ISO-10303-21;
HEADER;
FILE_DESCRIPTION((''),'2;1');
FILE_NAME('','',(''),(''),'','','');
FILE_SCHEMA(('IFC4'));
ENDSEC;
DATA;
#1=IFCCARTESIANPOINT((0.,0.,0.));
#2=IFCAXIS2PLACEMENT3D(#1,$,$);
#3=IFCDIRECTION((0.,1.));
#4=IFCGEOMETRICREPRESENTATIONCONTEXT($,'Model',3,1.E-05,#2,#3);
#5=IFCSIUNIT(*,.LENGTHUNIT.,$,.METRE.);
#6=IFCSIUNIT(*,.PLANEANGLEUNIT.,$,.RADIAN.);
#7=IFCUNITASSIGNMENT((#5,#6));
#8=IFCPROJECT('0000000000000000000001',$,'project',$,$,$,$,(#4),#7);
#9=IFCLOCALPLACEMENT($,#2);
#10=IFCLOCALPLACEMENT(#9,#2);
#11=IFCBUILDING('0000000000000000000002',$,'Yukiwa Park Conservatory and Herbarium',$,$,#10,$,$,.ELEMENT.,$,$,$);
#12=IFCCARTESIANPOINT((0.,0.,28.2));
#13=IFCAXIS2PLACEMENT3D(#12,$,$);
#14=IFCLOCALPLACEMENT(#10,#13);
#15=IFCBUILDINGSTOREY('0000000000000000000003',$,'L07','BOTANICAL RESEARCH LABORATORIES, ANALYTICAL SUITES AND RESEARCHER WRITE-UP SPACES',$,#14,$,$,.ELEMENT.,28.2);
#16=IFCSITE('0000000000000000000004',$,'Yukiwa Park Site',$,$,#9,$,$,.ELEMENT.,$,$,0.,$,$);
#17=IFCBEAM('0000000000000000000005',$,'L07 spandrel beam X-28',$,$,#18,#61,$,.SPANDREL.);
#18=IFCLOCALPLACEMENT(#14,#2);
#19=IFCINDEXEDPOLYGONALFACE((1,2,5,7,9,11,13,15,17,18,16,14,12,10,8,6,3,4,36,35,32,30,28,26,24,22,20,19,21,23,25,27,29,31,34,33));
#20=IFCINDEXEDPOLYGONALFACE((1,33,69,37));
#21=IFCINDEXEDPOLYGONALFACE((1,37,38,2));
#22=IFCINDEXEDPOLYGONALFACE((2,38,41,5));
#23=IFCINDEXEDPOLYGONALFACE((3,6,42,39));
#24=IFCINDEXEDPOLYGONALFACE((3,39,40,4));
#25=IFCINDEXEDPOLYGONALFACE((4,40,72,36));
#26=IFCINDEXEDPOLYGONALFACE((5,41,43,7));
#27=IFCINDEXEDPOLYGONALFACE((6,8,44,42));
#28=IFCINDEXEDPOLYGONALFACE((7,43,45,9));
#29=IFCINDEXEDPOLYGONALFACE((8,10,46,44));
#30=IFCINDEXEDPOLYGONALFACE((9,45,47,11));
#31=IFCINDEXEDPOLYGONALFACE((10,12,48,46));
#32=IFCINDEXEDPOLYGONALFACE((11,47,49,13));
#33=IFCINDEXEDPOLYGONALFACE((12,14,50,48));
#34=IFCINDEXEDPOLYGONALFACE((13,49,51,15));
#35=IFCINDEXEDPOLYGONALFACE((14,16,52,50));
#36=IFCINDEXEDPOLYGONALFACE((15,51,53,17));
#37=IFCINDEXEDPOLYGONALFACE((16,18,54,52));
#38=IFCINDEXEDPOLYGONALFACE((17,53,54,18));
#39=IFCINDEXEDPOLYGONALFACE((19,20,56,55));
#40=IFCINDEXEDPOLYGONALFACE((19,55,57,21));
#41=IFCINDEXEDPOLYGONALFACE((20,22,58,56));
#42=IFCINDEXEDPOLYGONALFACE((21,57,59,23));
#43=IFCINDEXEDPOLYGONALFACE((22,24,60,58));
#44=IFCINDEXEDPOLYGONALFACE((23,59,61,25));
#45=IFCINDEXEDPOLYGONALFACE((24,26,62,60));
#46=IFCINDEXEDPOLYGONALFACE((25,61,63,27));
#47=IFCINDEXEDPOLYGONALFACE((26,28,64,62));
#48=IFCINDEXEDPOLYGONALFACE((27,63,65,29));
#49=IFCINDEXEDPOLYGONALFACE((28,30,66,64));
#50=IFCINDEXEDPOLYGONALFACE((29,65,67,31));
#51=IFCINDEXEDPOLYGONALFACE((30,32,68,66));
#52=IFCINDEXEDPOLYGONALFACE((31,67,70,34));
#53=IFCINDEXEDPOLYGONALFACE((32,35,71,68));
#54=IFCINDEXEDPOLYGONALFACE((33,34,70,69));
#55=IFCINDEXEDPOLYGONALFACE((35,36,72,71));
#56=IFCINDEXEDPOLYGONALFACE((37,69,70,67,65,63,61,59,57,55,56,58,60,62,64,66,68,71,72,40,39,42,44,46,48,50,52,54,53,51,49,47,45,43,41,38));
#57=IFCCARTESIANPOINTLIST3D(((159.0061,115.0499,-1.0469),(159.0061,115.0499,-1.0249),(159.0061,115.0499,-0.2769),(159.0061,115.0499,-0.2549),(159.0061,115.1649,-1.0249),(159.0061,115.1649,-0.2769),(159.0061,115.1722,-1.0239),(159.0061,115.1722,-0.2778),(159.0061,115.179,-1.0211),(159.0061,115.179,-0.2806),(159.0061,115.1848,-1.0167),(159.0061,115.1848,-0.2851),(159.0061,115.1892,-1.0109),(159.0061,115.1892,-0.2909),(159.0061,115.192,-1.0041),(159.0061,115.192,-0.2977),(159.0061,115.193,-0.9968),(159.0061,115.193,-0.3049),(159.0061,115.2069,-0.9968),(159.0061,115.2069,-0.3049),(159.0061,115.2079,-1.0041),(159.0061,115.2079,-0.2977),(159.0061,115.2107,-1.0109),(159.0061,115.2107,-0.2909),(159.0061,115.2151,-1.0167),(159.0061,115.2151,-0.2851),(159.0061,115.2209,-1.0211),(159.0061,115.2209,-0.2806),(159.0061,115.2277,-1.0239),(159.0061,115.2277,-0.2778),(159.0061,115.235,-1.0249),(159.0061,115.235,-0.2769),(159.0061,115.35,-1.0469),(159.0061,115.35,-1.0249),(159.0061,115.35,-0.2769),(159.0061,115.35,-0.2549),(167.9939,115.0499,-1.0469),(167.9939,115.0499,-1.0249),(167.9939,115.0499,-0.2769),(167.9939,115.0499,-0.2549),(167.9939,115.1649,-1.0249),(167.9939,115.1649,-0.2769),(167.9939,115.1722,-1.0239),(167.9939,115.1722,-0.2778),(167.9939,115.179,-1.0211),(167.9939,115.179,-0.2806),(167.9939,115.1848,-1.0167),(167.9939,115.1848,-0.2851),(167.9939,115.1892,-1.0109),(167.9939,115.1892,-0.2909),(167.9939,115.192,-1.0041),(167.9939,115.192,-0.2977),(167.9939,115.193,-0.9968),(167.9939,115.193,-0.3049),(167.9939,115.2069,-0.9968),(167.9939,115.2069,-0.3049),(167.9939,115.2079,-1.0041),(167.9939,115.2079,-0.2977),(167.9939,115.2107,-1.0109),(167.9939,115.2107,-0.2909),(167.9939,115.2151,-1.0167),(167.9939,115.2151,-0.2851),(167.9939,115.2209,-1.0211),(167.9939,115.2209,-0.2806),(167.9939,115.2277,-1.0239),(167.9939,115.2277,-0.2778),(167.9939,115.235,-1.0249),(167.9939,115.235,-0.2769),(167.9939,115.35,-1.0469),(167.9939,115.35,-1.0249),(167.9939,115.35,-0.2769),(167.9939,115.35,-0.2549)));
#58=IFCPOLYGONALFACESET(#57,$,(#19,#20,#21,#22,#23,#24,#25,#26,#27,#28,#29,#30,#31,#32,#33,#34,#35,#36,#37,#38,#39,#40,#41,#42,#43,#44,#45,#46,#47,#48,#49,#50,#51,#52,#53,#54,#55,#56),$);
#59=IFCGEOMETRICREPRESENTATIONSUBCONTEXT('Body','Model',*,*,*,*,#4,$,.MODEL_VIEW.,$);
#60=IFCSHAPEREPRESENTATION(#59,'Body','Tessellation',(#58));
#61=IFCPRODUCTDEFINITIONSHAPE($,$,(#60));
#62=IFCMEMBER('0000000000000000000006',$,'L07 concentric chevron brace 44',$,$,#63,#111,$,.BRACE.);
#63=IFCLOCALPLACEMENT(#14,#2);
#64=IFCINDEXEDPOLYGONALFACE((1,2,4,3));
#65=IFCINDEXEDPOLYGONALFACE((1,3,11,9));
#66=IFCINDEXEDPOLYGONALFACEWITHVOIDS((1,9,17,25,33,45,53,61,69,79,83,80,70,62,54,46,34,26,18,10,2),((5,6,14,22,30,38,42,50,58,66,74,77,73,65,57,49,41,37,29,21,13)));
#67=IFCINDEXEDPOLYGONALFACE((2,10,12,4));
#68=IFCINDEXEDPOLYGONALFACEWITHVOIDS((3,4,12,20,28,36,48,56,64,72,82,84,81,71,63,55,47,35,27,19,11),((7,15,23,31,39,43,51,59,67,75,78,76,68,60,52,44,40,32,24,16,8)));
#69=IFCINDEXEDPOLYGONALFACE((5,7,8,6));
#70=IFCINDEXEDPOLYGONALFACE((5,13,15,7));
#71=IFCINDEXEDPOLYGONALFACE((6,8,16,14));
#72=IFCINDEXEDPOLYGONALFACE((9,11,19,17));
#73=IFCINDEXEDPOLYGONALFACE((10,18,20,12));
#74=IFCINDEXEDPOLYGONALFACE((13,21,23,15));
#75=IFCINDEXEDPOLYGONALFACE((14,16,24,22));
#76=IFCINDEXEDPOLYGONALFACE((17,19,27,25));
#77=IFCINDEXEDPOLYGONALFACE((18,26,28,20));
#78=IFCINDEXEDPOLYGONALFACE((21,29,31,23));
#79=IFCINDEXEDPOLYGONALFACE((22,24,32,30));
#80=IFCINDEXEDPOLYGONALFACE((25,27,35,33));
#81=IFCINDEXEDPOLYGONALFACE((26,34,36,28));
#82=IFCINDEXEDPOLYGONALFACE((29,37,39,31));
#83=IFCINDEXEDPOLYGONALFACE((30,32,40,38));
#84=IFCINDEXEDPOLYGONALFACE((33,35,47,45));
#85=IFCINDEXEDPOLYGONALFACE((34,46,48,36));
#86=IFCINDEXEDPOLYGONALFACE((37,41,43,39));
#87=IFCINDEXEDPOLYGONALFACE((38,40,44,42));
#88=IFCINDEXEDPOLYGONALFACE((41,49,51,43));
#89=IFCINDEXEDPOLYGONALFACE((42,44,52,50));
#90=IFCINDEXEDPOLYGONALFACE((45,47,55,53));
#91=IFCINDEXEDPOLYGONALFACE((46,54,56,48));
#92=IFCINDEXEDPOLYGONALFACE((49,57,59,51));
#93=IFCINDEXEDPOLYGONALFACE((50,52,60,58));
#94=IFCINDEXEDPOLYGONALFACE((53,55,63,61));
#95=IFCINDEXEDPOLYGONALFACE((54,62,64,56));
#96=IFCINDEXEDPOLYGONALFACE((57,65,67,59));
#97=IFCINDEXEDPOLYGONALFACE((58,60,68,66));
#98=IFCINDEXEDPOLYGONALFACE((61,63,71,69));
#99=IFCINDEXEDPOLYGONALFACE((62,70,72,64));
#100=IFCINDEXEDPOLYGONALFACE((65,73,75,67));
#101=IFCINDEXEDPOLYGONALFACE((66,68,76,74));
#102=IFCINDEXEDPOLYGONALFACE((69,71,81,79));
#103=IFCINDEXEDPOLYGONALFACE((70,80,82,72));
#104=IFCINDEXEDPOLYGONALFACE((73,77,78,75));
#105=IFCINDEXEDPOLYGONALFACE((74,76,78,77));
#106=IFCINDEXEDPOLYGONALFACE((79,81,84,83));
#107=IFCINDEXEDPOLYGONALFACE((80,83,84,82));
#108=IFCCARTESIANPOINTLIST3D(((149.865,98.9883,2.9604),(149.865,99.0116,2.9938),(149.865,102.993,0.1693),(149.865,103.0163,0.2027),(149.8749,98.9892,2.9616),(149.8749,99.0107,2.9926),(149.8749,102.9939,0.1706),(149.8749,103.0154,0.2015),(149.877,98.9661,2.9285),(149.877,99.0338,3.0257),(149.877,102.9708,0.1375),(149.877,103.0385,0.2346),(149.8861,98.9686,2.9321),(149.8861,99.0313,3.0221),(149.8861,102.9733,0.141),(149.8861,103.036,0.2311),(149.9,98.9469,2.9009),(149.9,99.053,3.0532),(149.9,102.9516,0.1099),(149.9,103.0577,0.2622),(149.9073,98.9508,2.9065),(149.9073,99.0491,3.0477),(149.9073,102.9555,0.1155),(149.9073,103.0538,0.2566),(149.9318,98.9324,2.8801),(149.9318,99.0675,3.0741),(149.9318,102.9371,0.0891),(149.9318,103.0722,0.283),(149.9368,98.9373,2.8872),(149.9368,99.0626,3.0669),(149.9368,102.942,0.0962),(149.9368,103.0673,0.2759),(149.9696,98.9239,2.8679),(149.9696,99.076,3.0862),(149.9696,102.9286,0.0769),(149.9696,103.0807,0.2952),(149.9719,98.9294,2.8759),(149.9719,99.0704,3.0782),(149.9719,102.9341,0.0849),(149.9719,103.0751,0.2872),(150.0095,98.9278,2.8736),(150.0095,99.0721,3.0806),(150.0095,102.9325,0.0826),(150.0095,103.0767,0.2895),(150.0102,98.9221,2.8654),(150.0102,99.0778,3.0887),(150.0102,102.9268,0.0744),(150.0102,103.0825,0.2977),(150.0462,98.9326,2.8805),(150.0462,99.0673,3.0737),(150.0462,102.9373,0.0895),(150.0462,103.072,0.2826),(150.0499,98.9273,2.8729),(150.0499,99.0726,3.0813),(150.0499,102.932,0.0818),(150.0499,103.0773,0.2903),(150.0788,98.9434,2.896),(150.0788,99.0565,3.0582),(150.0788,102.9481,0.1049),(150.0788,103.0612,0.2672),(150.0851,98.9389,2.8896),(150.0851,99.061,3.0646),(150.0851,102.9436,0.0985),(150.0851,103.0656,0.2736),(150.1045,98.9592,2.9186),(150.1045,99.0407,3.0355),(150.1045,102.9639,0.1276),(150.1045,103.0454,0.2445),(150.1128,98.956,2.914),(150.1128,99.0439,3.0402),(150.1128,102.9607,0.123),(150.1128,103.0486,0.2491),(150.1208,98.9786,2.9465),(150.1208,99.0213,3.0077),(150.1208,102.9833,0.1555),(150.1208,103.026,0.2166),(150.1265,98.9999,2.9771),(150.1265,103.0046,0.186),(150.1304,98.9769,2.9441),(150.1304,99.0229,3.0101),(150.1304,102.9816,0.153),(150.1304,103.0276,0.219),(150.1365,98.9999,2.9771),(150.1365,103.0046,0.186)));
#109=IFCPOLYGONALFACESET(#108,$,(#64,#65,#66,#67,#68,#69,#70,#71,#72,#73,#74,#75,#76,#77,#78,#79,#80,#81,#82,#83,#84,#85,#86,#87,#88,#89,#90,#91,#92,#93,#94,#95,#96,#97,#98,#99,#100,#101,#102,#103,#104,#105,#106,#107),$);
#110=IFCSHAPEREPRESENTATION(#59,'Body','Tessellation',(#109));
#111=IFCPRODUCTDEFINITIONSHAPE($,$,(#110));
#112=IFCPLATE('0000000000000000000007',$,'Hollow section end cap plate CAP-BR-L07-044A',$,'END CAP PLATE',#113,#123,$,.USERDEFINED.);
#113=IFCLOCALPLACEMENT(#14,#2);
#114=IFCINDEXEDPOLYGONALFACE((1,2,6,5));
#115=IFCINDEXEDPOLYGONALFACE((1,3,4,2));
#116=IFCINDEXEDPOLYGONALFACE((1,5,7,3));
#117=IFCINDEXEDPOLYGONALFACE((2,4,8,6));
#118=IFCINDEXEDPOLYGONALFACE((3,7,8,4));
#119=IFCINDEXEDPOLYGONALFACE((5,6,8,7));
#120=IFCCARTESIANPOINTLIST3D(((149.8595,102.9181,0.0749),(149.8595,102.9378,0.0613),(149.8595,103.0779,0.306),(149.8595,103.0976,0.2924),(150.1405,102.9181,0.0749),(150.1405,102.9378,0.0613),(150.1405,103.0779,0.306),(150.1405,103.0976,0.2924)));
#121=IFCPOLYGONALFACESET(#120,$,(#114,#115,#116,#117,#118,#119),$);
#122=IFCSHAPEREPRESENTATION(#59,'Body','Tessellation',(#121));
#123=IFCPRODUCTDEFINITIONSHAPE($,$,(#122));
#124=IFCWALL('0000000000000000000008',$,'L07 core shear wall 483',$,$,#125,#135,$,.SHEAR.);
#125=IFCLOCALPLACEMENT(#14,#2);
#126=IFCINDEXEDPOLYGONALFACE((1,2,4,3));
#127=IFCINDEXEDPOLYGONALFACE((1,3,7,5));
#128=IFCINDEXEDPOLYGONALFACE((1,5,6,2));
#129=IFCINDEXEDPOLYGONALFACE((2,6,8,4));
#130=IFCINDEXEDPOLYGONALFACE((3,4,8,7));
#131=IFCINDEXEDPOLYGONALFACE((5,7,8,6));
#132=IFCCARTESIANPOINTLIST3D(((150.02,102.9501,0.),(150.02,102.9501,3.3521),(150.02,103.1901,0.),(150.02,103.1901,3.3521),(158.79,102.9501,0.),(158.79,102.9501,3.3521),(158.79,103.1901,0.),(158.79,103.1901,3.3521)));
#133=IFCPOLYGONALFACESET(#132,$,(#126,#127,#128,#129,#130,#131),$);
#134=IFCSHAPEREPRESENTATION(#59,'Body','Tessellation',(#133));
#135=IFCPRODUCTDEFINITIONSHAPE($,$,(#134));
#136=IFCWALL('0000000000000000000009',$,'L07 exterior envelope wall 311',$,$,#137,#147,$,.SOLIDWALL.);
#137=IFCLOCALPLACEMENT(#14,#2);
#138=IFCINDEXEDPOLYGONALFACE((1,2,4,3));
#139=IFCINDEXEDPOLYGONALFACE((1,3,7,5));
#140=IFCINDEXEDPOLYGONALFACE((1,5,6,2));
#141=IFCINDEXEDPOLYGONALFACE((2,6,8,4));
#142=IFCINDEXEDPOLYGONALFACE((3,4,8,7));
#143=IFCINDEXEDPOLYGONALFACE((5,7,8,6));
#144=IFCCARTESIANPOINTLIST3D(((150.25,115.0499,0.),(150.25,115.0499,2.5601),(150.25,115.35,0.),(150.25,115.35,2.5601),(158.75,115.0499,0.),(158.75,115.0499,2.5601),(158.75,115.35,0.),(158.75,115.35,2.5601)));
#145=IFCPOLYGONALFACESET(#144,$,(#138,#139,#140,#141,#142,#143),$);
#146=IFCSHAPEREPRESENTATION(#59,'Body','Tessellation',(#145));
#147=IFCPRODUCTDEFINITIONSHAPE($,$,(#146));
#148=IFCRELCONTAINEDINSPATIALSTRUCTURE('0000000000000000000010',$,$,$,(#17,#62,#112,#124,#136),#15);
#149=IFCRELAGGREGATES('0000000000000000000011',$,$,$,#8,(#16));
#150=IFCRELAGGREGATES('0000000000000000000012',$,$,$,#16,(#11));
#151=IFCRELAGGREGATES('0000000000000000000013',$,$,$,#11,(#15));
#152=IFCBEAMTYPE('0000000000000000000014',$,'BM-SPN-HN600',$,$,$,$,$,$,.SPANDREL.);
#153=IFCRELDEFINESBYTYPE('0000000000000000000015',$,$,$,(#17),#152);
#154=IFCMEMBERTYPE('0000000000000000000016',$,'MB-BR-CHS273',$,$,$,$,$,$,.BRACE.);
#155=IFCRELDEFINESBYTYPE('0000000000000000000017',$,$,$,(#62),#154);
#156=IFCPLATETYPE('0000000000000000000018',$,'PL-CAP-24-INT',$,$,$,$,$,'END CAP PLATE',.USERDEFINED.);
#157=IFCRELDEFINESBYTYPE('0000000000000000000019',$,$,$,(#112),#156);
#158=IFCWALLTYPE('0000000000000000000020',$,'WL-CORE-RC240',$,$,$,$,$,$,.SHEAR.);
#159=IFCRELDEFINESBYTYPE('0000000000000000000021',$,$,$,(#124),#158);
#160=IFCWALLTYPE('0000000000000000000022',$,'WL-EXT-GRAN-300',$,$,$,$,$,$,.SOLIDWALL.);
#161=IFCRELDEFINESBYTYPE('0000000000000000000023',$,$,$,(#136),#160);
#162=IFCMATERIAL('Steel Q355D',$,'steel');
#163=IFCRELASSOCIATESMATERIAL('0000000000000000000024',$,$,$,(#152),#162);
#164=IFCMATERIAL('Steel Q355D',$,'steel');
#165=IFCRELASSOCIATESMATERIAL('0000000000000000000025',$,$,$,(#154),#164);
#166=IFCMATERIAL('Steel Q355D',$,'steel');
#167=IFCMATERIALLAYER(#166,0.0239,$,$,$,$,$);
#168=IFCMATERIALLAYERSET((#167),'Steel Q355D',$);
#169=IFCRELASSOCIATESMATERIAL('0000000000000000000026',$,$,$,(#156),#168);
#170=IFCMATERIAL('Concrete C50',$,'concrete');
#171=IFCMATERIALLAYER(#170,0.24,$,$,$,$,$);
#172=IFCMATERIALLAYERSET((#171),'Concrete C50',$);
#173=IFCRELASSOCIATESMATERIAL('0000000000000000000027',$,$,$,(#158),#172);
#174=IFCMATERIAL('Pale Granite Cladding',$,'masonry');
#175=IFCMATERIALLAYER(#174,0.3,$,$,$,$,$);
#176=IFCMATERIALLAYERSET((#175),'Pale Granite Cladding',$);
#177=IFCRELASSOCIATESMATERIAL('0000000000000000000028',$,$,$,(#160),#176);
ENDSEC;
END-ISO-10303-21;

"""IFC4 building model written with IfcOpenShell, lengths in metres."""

from ifc_helpers import new_model, si_unit, direction, frame, frame_2d, origin, origin_2d, place, context, subcontext, project, spatial, rectangle, hollow_circle, i_section, extrude, material, layer, layer_set, material_profile, profile_set, type_object, element, save


model = new_model("IFC4")

# Units and contexts
model_context = context("Model", 3, precision=1e-05, world=origin(), true_north=direction((0.0, 1.0)))
body_context = subcontext(model_context, "Body", "Model", "MODEL_VIEW")
ifc_project = project(units=[si_unit("LENGTHUNIT", "METRE"), si_unit("PLANEANGLEUNIT", "RADIAN")], contexts=[model_context])

# Site, building, storey
site_placement = place(None, origin())
site = spatial("IfcSite", under=ifc_project, at=site_placement, Name="Yukiwa Park Site", CompositionType="ELEMENT", RefElevation=0.0)
building_placement = place(site_placement, origin())
building = spatial("IfcBuilding", under=site, at=building_placement, Name="Yukiwa Park Conservatory and Herbarium", CompositionType="ELEMENT")
storey_placement = place(building_placement, frame((0.0, 0.0, 28.2)))
storey = spatial("IfcBuildingStorey", under=building, at=storey_placement, Name="L07", Description="BOTANICAL RESEARCH LABORATORIES, ANALYTICAL SUITES AND RESEARCHER WRITE-UP SPACES", CompositionType="ELEMENT", Elevation=28.2)

# Beam
ifc_material_1 = material(Name="Steel Q355D", Category="steel")
ifc_material_profile_1 = material_profile(ifc_material_1, i_section(OverallWidth=0.3, OverallDepth=0.792, WebThickness=0.0139, FlangeThickness=0.022, FilletRadius=0.0281, at=origin_2d()), Name="HN 792x300x14x22")
ifc_profile_set_1 = profile_set([ifc_material_profile_1], Name="Steel Q355D")
beam_type_1 = type_object("IfcBeamType", Name="BM-SPN-HN600", PredefinedType="SPANDREL", material=ifc_profile_set_1)
for number, where, z_axis, x_axis, name in (
    (1, (159.0061, 115.2, -0.6509), (1.0, 0.0, 0.0), (0.0, 1.0, 0.0), "L07 spandrel beam X-28"),
):
    element("IfcBeam", number, at=place(storey_placement, frame(where, z_axis=z_axis, x_axis=x_axis)), inside=storey, type_object=beam_type_1, Name=name, PredefinedType="SPANDREL", context=body_context, shape_type="SweptSolid", body=[
        extrude(i_section(OverallWidth=0.3, OverallDepth=0.792, WebThickness=0.0139, FlangeThickness=0.022, FilletRadius=0.0281, at=origin_2d()), origin(), (0.0, 0.0, 1.0), 8.9878),
    ])

# Member
ifc_material_2 = material(Name="Steel Q355D", Category="steel")
ifc_material_profile_2 = material_profile(ifc_material_2, hollow_circle(Radius=0.1365, WallThickness=0.01, at=origin_2d()), Name="CHS 273x10")
ifc_profile_set_2 = profile_set([ifc_material_profile_2], Name="Steel Q355D")
member_type = type_object("IfcMemberType", Name="MB-BR-CHS273", PredefinedType="BRACE", material=ifc_profile_set_2)
member_placement = place(storey_placement, frame((150.0, 103.0046, 0.186), z_axis=(0.0, -0.820407, 0.571779), x_axis=(1.0, 0.0, 0.0)))
element("IfcMember", 2, at=member_placement, inside=storey, type_object=member_type, Name="L07 concentric chevron brace 44", PredefinedType="BRACE", context=body_context, shape_type="SweptSolid", body=[
    extrude(hollow_circle(Radius=0.1365, WallThickness=0.01, at=origin_2d()), origin(), (0.0, 0.0, 1.0), 4.8813),
])

# Plate
ifc_material_3 = material(Name="Steel Q355D", Category="steel")
ifc_layer_1 = layer(ifc_material_3, 0.0239)
ifc_layer_set_1 = layer_set([ifc_layer_1], Name="Steel Q355D")
plate_type = type_object("IfcPlateType", Name="PL-CAP-24-INT", ElementType="END CAP PLATE", PredefinedType="USERDEFINED", material=ifc_layer_set_1)
plate_placement = place(storey_placement, frame((150.0, 102.998, 0.1904), z_axis=(0.0, 0.822558, -0.568682), x_axis=(-1.0, 0.0, 0.0)))
element("IfcPlate", 3, at=plate_placement, inside=storey, type_object=plate_type, Name="Hollow section end cap plate CAP-BR-L07-044A", ObjectType="END CAP PLATE", PredefinedType="USERDEFINED", context=body_context, shape_type="SweptSolid", body=[
    extrude(rectangle(XDim=0.281, YDim=0.281, at=origin_2d()), origin(), (0.0, 0.0, 1.0), 0.0239),
])

# Walls
ifc_material_4 = material(Name="Concrete C50", Category="concrete")
ifc_layer_2 = layer(ifc_material_4, 0.24)
ifc_layer_set_2 = layer_set([ifc_layer_2], Name="Concrete C50")
wall_type_1 = type_object("IfcWallType", Name="WL-CORE-RC240", PredefinedType="SHEAR", material=ifc_layer_set_2)
wall_1_placement = place(storey_placement, frame((150.02, 103.0701, 0.0), z_axis=(0.0, 0.0, 1.0), x_axis=(1.0, 0.0, 0.0)))
element("IfcWall", 4, at=wall_1_placement, inside=storey, type_object=wall_type_1, Name="L07 core shear wall 483", PredefinedType="SHEAR", context=body_context, shape_type="SweptSolid", body=[
    extrude(rectangle(XDim=8.77, YDim=0.24, at=frame_2d((4.385, 0.0))), origin(), (0.0, 0.0, 1.0), 3.3521),
])
ifc_material_5 = material(Name="Pale Granite Cladding", Category="masonry")
ifc_layer_3 = layer(ifc_material_5, 0.3)
ifc_layer_set_3 = layer_set([ifc_layer_3], Name="Pale Granite Cladding")
wall_type_2 = type_object("IfcWallType", Name="WL-EXT-GRAN-300", PredefinedType="SOLIDWALL", material=ifc_layer_set_3)
wall_2_placement = place(storey_placement, frame((158.75, 115.2, 0.0), z_axis=(0.0, 0.0, 1.0), x_axis=(-1.0, 0.0, 0.0)))
element("IfcWall", 5, at=wall_2_placement, inside=storey, type_object=wall_type_2, Name="L07 exterior envelope wall 311", PredefinedType="SOLIDWALL", context=body_context, shape_type="SweptSolid", body=[
    extrude(rectangle(XDim=8.5, YDim=0.3, at=frame_2d((4.25, 0.0))), origin(), (0.0, 0.0, 1.0), 2.5601),
])

save(model, "model.ifc")
